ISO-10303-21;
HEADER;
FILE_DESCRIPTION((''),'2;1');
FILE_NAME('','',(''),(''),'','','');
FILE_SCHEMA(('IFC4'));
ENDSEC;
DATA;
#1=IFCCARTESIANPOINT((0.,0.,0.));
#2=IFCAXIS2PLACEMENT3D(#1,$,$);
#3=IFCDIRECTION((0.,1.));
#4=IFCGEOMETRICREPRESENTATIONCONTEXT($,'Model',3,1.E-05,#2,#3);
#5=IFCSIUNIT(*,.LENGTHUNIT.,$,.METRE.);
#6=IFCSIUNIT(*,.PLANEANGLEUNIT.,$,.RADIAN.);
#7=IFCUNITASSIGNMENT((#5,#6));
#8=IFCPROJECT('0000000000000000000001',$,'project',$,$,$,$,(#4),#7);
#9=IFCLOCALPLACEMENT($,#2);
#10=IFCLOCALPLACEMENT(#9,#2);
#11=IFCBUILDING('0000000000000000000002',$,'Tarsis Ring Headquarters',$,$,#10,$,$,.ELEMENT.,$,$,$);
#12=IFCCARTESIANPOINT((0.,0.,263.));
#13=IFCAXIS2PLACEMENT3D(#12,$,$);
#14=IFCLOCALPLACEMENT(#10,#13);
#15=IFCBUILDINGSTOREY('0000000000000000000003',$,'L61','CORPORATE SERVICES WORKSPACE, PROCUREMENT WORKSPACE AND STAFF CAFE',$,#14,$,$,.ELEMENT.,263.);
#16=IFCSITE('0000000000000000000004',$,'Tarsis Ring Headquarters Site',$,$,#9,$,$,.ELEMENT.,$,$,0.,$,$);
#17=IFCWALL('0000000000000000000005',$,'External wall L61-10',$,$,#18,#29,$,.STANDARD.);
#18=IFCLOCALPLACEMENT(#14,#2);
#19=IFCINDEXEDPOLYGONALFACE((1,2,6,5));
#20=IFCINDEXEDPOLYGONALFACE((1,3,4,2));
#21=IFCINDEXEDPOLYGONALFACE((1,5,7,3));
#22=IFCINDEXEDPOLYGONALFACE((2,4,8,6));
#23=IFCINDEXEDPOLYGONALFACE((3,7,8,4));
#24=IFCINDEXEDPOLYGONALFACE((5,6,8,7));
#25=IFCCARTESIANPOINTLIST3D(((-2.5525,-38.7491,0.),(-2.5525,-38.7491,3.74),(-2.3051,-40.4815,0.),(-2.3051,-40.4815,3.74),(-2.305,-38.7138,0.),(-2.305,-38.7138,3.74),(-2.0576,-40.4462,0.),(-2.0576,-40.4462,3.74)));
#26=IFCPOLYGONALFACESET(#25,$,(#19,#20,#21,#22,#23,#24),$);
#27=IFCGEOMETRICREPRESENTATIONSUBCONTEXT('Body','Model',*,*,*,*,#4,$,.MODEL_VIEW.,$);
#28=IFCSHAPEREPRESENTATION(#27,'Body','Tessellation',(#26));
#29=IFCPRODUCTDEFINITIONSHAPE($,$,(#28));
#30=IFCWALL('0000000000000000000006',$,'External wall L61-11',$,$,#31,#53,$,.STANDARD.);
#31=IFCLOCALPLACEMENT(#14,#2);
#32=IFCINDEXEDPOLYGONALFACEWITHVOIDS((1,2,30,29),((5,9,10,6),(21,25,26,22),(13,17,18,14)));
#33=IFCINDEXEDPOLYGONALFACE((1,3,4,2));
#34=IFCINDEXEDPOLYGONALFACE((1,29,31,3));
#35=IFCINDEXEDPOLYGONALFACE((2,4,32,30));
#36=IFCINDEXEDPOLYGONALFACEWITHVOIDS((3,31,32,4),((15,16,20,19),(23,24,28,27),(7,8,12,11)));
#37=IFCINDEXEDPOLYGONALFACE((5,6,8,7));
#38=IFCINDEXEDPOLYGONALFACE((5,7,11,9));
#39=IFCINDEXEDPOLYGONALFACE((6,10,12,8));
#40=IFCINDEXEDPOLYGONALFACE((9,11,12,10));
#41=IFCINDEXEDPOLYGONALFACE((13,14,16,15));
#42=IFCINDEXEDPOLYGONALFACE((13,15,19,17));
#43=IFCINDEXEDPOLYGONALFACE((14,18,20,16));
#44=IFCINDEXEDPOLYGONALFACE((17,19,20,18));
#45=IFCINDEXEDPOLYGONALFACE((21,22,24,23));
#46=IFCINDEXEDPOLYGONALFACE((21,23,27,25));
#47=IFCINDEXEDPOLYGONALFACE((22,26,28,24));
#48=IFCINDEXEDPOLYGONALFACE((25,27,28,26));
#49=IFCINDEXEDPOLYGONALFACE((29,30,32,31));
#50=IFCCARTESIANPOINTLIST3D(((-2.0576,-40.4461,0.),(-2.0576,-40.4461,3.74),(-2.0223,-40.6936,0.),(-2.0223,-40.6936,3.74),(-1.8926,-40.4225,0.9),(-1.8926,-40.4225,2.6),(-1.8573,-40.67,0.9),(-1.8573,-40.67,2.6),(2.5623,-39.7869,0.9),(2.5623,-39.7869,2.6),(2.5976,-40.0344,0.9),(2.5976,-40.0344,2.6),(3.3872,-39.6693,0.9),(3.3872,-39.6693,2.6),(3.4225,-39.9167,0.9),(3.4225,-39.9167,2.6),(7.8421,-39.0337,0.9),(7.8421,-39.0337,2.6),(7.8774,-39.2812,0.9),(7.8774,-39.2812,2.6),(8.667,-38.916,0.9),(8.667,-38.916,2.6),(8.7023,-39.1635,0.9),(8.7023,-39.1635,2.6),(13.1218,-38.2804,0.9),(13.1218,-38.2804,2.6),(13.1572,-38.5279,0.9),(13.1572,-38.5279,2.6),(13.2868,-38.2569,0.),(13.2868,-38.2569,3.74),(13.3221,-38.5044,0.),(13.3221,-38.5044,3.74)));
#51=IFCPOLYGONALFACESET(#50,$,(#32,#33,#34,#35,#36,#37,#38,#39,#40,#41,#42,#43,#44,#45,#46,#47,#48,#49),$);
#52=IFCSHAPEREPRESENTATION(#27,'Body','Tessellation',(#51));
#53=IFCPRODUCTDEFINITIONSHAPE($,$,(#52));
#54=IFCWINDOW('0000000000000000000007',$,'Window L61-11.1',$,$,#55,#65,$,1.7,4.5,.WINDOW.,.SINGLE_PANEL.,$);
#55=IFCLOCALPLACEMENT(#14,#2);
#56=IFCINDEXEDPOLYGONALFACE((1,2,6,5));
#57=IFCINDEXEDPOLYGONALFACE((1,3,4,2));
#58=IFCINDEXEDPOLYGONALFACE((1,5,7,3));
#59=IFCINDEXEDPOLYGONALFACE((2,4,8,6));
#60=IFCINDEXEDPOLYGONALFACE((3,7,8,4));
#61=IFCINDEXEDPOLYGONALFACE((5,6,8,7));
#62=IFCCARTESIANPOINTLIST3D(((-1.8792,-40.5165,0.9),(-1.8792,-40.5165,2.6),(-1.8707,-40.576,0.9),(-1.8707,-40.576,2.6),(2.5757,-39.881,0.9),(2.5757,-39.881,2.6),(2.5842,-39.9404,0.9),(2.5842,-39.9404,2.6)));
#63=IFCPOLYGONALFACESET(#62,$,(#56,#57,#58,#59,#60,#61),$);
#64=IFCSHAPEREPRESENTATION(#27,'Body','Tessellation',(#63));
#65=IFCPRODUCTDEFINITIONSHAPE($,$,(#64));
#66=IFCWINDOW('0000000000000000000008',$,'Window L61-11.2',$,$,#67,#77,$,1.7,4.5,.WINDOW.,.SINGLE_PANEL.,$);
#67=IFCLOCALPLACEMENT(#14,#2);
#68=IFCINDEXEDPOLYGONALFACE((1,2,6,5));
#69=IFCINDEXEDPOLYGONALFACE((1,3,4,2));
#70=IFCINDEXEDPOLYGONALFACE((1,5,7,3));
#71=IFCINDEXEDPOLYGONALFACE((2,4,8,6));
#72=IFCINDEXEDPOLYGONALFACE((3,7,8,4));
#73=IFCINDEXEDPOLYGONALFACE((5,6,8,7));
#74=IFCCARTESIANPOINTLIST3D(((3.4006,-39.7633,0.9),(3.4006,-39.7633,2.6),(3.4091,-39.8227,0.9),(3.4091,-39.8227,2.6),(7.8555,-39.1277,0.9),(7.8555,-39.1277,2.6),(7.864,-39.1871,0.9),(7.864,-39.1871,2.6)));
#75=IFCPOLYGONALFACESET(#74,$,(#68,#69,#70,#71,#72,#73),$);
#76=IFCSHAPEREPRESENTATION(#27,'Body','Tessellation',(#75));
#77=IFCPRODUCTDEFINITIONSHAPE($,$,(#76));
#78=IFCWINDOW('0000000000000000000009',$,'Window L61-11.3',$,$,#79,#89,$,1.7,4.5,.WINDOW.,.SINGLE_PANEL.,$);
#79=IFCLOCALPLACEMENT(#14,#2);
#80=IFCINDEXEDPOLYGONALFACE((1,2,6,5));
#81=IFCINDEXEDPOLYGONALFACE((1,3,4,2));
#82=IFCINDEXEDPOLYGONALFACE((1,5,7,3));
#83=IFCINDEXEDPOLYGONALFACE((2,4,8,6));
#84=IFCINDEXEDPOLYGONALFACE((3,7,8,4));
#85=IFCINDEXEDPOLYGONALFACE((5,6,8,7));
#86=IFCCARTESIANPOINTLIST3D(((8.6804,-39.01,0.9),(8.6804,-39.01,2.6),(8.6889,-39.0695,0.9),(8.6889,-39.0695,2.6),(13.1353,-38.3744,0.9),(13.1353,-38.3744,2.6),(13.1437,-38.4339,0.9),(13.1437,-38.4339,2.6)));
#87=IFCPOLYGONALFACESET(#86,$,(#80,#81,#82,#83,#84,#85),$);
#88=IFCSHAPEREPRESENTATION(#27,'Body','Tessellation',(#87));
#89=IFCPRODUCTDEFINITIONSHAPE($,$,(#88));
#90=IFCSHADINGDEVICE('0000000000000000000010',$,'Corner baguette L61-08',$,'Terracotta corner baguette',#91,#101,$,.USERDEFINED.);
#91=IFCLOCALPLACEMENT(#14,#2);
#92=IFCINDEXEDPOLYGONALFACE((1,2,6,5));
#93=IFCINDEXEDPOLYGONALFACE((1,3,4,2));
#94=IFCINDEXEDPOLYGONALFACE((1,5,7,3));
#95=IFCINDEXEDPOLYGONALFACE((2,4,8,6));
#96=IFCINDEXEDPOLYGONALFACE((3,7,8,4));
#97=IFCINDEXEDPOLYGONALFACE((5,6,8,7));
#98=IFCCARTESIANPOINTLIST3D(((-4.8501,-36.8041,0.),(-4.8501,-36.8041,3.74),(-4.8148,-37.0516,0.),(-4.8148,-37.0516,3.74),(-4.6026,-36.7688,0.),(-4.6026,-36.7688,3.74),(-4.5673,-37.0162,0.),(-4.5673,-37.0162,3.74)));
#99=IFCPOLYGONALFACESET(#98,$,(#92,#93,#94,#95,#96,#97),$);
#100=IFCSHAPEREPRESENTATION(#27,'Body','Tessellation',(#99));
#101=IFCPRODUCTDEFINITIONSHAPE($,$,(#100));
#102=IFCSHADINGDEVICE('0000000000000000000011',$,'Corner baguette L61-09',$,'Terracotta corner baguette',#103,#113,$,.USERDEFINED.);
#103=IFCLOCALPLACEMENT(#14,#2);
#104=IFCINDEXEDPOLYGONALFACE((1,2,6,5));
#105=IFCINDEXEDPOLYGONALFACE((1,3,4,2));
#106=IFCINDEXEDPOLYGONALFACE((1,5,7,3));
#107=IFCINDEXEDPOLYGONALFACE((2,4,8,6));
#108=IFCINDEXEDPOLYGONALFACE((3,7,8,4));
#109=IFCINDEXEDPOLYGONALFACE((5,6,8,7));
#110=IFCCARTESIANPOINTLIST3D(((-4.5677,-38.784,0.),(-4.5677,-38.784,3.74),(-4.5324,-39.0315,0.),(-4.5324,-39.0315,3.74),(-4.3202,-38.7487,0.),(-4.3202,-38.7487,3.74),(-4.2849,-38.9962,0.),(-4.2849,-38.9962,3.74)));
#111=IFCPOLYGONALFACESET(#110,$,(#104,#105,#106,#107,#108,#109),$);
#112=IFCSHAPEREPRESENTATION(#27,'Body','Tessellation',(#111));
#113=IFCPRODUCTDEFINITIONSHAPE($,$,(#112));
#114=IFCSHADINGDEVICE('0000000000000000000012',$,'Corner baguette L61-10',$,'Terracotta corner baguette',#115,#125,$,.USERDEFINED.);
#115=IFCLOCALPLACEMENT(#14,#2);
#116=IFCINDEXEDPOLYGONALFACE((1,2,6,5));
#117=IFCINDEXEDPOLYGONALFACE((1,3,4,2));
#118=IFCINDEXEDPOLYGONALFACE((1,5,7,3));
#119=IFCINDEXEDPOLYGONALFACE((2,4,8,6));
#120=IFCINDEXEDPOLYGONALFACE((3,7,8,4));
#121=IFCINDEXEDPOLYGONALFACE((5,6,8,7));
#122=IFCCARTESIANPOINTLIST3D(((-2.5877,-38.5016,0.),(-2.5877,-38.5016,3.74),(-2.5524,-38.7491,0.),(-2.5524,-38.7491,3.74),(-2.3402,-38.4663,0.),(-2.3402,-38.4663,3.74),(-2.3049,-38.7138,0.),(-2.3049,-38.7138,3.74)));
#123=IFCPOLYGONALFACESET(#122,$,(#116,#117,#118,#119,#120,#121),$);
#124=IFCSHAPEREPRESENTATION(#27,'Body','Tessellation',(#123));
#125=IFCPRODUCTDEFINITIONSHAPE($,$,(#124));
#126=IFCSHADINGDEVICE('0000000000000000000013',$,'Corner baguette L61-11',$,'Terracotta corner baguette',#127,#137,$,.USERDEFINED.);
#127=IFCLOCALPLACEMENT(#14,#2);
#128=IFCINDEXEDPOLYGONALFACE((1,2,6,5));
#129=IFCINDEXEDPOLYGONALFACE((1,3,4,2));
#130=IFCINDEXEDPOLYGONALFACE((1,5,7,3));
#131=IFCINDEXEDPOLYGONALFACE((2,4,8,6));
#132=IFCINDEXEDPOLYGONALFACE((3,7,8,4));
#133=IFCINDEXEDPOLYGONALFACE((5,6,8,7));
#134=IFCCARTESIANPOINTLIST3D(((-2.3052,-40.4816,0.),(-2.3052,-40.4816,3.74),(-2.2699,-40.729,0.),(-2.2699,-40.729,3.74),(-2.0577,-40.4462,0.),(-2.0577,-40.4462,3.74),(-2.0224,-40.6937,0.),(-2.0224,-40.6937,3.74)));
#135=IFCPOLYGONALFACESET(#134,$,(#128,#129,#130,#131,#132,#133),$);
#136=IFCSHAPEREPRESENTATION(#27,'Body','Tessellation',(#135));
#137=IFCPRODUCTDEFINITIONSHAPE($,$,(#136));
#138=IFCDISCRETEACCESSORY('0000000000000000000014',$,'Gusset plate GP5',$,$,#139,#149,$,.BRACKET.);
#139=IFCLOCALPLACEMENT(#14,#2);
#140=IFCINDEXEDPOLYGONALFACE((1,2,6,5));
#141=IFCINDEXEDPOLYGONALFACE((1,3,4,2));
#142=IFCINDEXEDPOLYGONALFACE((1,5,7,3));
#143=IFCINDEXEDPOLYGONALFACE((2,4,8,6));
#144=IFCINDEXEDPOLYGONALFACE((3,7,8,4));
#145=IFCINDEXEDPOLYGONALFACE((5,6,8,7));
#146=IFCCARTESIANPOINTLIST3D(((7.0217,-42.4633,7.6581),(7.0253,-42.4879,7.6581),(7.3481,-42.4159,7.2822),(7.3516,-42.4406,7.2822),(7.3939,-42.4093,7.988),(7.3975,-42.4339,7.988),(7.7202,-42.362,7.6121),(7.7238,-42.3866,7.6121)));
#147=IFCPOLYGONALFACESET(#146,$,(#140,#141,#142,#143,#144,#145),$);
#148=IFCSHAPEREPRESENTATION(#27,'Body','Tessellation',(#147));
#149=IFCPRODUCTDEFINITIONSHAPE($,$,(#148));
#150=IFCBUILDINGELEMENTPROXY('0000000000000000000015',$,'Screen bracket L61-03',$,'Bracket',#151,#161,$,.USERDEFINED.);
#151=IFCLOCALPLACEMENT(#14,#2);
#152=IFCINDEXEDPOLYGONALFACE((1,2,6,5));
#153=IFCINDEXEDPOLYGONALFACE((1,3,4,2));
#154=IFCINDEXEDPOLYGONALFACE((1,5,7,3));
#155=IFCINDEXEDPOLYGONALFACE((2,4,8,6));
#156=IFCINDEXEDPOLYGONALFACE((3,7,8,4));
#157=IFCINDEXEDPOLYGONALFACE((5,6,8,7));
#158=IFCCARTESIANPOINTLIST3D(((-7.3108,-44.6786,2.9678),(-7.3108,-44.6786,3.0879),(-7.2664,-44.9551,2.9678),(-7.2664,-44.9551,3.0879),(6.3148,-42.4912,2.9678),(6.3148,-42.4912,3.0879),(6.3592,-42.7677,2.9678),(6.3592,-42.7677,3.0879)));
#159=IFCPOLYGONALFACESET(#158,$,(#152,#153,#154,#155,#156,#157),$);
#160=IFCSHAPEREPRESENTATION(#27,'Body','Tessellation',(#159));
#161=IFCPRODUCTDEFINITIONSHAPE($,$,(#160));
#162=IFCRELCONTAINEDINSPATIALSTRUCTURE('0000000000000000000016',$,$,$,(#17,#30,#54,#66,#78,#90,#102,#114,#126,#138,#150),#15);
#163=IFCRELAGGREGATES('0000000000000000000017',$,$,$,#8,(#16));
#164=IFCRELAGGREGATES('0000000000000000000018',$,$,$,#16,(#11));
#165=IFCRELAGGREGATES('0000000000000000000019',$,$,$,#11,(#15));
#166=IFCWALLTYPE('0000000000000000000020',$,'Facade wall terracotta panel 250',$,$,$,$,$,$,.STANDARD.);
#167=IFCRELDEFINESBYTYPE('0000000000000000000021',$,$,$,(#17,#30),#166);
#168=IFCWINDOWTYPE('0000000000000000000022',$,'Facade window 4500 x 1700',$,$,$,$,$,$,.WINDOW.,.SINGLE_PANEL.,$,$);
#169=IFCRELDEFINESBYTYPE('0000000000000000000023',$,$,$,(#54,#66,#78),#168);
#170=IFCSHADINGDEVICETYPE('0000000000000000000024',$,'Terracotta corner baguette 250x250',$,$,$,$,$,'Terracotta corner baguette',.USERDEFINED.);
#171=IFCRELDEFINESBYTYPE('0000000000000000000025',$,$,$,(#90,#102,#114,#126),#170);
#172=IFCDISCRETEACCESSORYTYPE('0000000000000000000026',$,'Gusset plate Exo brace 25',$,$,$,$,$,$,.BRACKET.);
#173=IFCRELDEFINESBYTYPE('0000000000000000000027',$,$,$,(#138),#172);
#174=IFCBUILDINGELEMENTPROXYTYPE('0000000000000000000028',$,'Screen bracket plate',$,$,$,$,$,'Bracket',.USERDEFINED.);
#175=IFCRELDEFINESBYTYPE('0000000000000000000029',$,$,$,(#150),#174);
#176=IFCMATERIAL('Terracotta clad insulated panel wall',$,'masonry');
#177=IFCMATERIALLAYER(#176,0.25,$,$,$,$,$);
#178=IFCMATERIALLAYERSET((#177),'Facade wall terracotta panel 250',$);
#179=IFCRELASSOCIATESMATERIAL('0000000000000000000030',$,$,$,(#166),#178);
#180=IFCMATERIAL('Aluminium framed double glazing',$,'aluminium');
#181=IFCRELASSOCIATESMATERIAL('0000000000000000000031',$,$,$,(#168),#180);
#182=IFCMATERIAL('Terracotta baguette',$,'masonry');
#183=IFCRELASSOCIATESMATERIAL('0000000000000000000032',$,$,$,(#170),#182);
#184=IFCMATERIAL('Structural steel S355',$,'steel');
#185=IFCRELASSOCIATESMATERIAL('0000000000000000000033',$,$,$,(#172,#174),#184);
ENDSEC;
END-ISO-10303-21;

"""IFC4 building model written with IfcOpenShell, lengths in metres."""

from ifc_helpers import new_model, si_unit, direction, frame, frame_2d, origin, origin_2d, place, context, subcontext, project, spatial, rectangle, extrude, material, layer, layer_set, material_profile, profile_set, type_object, element, fill, save


model = new_model("IFC4")

# Units and contexts
model_context = context("Model", 3, precision=1e-05, world=origin(), true_north=direction((0.0, 1.0)))
body_context = subcontext(model_context, "Body", "Model", "MODEL_VIEW")
ifc_project = project(units=[si_unit("LENGTHUNIT", "METRE"), si_unit("PLANEANGLEUNIT", "RADIAN")], contexts=[model_context])

# Site, building, storey
site_placement = place(None, origin())
site = spatial("IfcSite", under=ifc_project, at=site_placement, Name="Tarsis Ring Headquarters Site", CompositionType="ELEMENT", RefElevation=0.0)
building_placement = place(site_placement, origin())
building = spatial("IfcBuilding", under=site, at=building_placement, Name="Tarsis Ring Headquarters", CompositionType="ELEMENT")
storey_placement = place(building_placement, frame((0.0, 0.0, 263.0)))
storey = spatial("IfcBuildingStorey", under=building, at=storey_placement, Name="L61", Description="CORPORATE SERVICES WORKSPACE, PROCUREMENT WORKSPACE AND STAFF CAFE", CompositionType="ELEMENT", Elevation=263.0)

# Shared definitions
ifc_material_1 = material(Name="Structural steel S355", Category="steel")

# Wall
ifc_material_2 = material(Name="Terracotta clad insulated panel wall", Category="masonry")
ifc_layer_1 = layer(ifc_material_2, 0.25)
ifc_layer_set_1 = layer_set([ifc_layer_1], Name="Facade wall terracotta panel 250")
wall_type_1 = type_object("IfcWallType", Name="Facade wall terracotta panel 250", PredefinedType="STANDARD", material=ifc_layer_set_1)
for number, where, z_axis, x_axis, name in (
    (1, (-2.4287, -38.7314, 0.0), (0.0, 0.0, 1.0), (0.141324, -0.989963, 0.0), "External wall L61-10"),
):
    element("IfcWall", number, at=place(storey_placement, frame(where, z_axis=z_axis, x_axis=x_axis)), inside=storey, type_object=wall_type_1, Name=name, PredefinedType="STANDARD", context=body_context, shape_type="SweptSolid", body=[
        extrude(rectangle(XDim=1.75, YDim=0.25, at=frame_2d((0.875, 0.0))), origin(), (0.0, 0.0, 1.0), 3.74),
    ])

# Wall, openings, windows
wall_1_placement = place(storey_placement, frame((-2.04, -40.5698, 0.0), z_axis=(0.0, 0.0, 1.0), x_axis=(0.989975, 0.141241, 0.0)))
wall_1 = element("IfcWall", 2, at=wall_1_placement, inside=storey, type_object=wall_type_1, Name="External wall L61-11", PredefinedType="STANDARD", context=body_context, shape_type="SweptSolid", body=[
    extrude(rectangle(XDim=15.4998, YDim=0.25, at=frame_2d((7.75, 0.0))), origin(), (0.0, 0.0, 1.0), 3.74),
])
opening_1_placement = place(wall_1_placement, frame((0.1667, 0.0, 0.8999)))
opening_1 = element("IfcOpeningElement", 3, at=opening_1_placement, cuts=wall_1, PredefinedType="OPENING", context=body_context, shape_type="SweptSolid", body=[
    extrude(rectangle(XDim=4.5, YDim=1.7, at=frame_2d((2.25, 0.8501))), frame((0.0, 0.135, 0.0), z_axis=(0.0, -1.0, 0.0), x_axis=(1.0, 0.0, 0.0)), (0.0, 0.0, 1.0), 0.27),
])
opening_2_placement = place(wall_1_placement, frame((5.5, 0.0, 0.8999)))
opening_2 = element("IfcOpeningElement", 4, at=opening_2_placement, cuts=wall_1, PredefinedType="OPENING", context=body_context, shape_type="SweptSolid", body=[
    extrude(rectangle(XDim=4.5, YDim=1.7, at=frame_2d((2.25, 0.8501))), frame((0.0, 0.135, 0.0), z_axis=(0.0, -1.0, 0.0), x_axis=(1.0, 0.0, 0.0)), (0.0, 0.0, 1.0), 0.27),
])
opening_3_placement = place(wall_1_placement, frame((10.8333, 0.0, 0.8999)))
opening_3 = element("IfcOpeningElement", 5, at=opening_3_placement, cuts=wall_1, PredefinedType="OPENING", context=body_context, shape_type="SweptSolid", body=[
    extrude(rectangle(XDim=4.5, YDim=1.7, at=frame_2d((2.25, 0.8501))), frame((0.0, 0.135, 0.0), z_axis=(0.0, -1.0, 0.0), x_axis=(1.0, 0.0, 0.0)), (0.0, 0.0, 1.0), 0.27),
])
ifc_material_3 = material(Name="Aluminium framed double glazing", Category="aluminium")
window_type = type_object("IfcWindowType", Name="Facade window 4500 x 1700", PartitioningType="SINGLE_PANEL", PredefinedType="WINDOW", material=ifc_material_3)
window_1_placement = place(opening_1_placement, origin())
window_1 = element("IfcWindow", 6, at=window_1_placement, inside=storey, type_object=window_type, Name="Window L61-11.1", OverallHeight=1.7, OverallWidth=4.5, PartitioningType="SINGLE_PANEL", PredefinedType="WINDOW", context=body_context, shape_type="SweptSolid", body=[
    extrude(rectangle(XDim=4.5, YDim=1.7, at=frame_2d((2.25, 0.8501))), frame((0.0, 0.03, 0.0), z_axis=(0.0, -1.0, 0.0), x_axis=(1.0, 0.0, 0.0)), (0.0, 0.0, 1.0), 0.0601),
])
fill(opening_1, window_1)
window_2_placement = place(opening_2_placement, origin())
window_2 = element("IfcWindow", 7, at=window_2_placement, inside=storey, type_object=window_type, Name="Window L61-11.2", OverallHeight=1.7, OverallWidth=4.5, PartitioningType="SINGLE_PANEL", PredefinedType="WINDOW", context=body_context, shape_type="SweptSolid", body=[
    extrude(rectangle(XDim=4.5, YDim=1.7, at=frame_2d((2.25, 0.8501))), frame((0.0, 0.03, 0.0), z_axis=(0.0, -1.0, 0.0), x_axis=(1.0, 0.0, 0.0)), (0.0, 0.0, 1.0), 0.0601),
])
fill(opening_2, window_2)
window_3_placement = place(opening_3_placement, origin())
window_3 = element("IfcWindow", 8, at=window_3_placement, inside=storey, type_object=window_type, Name="Window L61-11.3", OverallHeight=1.7, OverallWidth=4.5, PartitioningType="SINGLE_PANEL", PredefinedType="WINDOW", context=body_context, shape_type="SweptSolid", body=[
    extrude(rectangle(XDim=4.5, YDim=1.7, at=frame_2d((2.25, 0.8501))), frame((0.0, 0.03, 0.0), z_axis=(0.0, -1.0, 0.0), x_axis=(1.0, 0.0, 0.0)), (0.0, 0.0, 1.0), 0.0601),
])
fill(opening_3, window_3)

# Shading devices
ifc_material_4 = material(Name="Terracotta baguette", Category="masonry")
shading_device_type_1 = type_object("IfcShadingDeviceType", Name="Terracotta corner baguette 250x250", ElementType="Terracotta corner baguette", PredefinedType="USERDEFINED", material=ifc_material_4)
for number, where, z_axis, x_axis, name in (
    (9, (-4.7087, -36.9102, 0.0), (0.0, 0.0, 1.0), (0.989974, 0.141247, 0.0), "Corner baguette L61-08"),
    (10, (-4.4263, -38.8901, 0.0), (0.0, 0.0, 1.0), (0.141247, -0.989974, 0.0), "Corner baguette L61-09"),
    (11, (-2.4463, -38.6077, 0.0), (0.0, 0.0, 1.0), (0.989974, 0.141247, 0.0), "Corner baguette L61-10"),
    (12, (-2.1638, -40.5876, 0.0), (0.0, 0.0, 1.0), (0.141246, -0.989974, 0.0), "Corner baguette L61-11"),
):
    element("IfcShadingDevice", number, at=place(storey_placement, frame(where, z_axis=z_axis, x_axis=x_axis)), inside=storey, type_object=shading_device_type_1, Name=name, ObjectType="Terracotta corner baguette", PredefinedType="USERDEFINED", context=body_context, shape_type="SweptSolid", body=[
        extrude(rectangle(XDim=0.25, YDim=0.25, at=origin_2d()), origin(), (0.0, 0.0, 1.0), 3.74),
    ])

# Discrete accessory
ifc_material_profile_1 = material_profile(ifc_material_1, rectangle(XDim=0.0249, YDim=0.5, at=origin_2d()), Name="PL 25x500")
ifc_profile_set_1 = profile_set([ifc_material_profile_1], Name="Structural steel S355")
discrete_accessory_type = type_object("IfcDiscreteAccessoryType", Name="Gusset plate Exo brace 25", PredefinedType="BRACKET", material=ifc_profile_set_1)
discrete_accessory_placement = place(storey_placement, frame((7.5588, -42.3979, 7.8), z_axis=(-0.743935, -0.10788, -0.659486), x_axis=(0.143512, -0.989649, 0.0)))
element("IfcDiscreteAccessory", 13, at=discrete_accessory_placement, inside=storey, type_object=discrete_accessory_type, Name="Gusset plate GP5", PredefinedType="BRACKET", context=body_context, shape_type="SweptSolid", body=[
    extrude(rectangle(XDim=0.0249, YDim=0.5, at=origin_2d()), origin(), (0.0, 0.0, 1.0), 0.5002),
])

# Building element proxy
building_element_proxy_type = type_object("IfcBuildingElementProxyType", Name="Screen bracket plate", ElementType="Bracket", PredefinedType="USERDEFINED", material=ifc_material_1)
proxy_placement = place(storey_placement, frame((-0.4758, -43.7231, 2.9678), z_axis=(0.0, 0.0, 1.0), x_axis=(0.987359, 0.158503, 0.0)))
element("IfcBuildingElementProxy", 14, at=proxy_placement, inside=storey, type_object=building_element_proxy_type, Name="Screen bracket L61-03", ObjectType="Bracket", PredefinedType="USERDEFINED", context=body_context, shape_type="SweptSolid", body=[
    extrude(rectangle(XDim=13.8, YDim=0.28, at=origin_2d()), origin(), (0.0, 0.0, 1.0), 0.1201),
])

save(model, "model.ifc")
